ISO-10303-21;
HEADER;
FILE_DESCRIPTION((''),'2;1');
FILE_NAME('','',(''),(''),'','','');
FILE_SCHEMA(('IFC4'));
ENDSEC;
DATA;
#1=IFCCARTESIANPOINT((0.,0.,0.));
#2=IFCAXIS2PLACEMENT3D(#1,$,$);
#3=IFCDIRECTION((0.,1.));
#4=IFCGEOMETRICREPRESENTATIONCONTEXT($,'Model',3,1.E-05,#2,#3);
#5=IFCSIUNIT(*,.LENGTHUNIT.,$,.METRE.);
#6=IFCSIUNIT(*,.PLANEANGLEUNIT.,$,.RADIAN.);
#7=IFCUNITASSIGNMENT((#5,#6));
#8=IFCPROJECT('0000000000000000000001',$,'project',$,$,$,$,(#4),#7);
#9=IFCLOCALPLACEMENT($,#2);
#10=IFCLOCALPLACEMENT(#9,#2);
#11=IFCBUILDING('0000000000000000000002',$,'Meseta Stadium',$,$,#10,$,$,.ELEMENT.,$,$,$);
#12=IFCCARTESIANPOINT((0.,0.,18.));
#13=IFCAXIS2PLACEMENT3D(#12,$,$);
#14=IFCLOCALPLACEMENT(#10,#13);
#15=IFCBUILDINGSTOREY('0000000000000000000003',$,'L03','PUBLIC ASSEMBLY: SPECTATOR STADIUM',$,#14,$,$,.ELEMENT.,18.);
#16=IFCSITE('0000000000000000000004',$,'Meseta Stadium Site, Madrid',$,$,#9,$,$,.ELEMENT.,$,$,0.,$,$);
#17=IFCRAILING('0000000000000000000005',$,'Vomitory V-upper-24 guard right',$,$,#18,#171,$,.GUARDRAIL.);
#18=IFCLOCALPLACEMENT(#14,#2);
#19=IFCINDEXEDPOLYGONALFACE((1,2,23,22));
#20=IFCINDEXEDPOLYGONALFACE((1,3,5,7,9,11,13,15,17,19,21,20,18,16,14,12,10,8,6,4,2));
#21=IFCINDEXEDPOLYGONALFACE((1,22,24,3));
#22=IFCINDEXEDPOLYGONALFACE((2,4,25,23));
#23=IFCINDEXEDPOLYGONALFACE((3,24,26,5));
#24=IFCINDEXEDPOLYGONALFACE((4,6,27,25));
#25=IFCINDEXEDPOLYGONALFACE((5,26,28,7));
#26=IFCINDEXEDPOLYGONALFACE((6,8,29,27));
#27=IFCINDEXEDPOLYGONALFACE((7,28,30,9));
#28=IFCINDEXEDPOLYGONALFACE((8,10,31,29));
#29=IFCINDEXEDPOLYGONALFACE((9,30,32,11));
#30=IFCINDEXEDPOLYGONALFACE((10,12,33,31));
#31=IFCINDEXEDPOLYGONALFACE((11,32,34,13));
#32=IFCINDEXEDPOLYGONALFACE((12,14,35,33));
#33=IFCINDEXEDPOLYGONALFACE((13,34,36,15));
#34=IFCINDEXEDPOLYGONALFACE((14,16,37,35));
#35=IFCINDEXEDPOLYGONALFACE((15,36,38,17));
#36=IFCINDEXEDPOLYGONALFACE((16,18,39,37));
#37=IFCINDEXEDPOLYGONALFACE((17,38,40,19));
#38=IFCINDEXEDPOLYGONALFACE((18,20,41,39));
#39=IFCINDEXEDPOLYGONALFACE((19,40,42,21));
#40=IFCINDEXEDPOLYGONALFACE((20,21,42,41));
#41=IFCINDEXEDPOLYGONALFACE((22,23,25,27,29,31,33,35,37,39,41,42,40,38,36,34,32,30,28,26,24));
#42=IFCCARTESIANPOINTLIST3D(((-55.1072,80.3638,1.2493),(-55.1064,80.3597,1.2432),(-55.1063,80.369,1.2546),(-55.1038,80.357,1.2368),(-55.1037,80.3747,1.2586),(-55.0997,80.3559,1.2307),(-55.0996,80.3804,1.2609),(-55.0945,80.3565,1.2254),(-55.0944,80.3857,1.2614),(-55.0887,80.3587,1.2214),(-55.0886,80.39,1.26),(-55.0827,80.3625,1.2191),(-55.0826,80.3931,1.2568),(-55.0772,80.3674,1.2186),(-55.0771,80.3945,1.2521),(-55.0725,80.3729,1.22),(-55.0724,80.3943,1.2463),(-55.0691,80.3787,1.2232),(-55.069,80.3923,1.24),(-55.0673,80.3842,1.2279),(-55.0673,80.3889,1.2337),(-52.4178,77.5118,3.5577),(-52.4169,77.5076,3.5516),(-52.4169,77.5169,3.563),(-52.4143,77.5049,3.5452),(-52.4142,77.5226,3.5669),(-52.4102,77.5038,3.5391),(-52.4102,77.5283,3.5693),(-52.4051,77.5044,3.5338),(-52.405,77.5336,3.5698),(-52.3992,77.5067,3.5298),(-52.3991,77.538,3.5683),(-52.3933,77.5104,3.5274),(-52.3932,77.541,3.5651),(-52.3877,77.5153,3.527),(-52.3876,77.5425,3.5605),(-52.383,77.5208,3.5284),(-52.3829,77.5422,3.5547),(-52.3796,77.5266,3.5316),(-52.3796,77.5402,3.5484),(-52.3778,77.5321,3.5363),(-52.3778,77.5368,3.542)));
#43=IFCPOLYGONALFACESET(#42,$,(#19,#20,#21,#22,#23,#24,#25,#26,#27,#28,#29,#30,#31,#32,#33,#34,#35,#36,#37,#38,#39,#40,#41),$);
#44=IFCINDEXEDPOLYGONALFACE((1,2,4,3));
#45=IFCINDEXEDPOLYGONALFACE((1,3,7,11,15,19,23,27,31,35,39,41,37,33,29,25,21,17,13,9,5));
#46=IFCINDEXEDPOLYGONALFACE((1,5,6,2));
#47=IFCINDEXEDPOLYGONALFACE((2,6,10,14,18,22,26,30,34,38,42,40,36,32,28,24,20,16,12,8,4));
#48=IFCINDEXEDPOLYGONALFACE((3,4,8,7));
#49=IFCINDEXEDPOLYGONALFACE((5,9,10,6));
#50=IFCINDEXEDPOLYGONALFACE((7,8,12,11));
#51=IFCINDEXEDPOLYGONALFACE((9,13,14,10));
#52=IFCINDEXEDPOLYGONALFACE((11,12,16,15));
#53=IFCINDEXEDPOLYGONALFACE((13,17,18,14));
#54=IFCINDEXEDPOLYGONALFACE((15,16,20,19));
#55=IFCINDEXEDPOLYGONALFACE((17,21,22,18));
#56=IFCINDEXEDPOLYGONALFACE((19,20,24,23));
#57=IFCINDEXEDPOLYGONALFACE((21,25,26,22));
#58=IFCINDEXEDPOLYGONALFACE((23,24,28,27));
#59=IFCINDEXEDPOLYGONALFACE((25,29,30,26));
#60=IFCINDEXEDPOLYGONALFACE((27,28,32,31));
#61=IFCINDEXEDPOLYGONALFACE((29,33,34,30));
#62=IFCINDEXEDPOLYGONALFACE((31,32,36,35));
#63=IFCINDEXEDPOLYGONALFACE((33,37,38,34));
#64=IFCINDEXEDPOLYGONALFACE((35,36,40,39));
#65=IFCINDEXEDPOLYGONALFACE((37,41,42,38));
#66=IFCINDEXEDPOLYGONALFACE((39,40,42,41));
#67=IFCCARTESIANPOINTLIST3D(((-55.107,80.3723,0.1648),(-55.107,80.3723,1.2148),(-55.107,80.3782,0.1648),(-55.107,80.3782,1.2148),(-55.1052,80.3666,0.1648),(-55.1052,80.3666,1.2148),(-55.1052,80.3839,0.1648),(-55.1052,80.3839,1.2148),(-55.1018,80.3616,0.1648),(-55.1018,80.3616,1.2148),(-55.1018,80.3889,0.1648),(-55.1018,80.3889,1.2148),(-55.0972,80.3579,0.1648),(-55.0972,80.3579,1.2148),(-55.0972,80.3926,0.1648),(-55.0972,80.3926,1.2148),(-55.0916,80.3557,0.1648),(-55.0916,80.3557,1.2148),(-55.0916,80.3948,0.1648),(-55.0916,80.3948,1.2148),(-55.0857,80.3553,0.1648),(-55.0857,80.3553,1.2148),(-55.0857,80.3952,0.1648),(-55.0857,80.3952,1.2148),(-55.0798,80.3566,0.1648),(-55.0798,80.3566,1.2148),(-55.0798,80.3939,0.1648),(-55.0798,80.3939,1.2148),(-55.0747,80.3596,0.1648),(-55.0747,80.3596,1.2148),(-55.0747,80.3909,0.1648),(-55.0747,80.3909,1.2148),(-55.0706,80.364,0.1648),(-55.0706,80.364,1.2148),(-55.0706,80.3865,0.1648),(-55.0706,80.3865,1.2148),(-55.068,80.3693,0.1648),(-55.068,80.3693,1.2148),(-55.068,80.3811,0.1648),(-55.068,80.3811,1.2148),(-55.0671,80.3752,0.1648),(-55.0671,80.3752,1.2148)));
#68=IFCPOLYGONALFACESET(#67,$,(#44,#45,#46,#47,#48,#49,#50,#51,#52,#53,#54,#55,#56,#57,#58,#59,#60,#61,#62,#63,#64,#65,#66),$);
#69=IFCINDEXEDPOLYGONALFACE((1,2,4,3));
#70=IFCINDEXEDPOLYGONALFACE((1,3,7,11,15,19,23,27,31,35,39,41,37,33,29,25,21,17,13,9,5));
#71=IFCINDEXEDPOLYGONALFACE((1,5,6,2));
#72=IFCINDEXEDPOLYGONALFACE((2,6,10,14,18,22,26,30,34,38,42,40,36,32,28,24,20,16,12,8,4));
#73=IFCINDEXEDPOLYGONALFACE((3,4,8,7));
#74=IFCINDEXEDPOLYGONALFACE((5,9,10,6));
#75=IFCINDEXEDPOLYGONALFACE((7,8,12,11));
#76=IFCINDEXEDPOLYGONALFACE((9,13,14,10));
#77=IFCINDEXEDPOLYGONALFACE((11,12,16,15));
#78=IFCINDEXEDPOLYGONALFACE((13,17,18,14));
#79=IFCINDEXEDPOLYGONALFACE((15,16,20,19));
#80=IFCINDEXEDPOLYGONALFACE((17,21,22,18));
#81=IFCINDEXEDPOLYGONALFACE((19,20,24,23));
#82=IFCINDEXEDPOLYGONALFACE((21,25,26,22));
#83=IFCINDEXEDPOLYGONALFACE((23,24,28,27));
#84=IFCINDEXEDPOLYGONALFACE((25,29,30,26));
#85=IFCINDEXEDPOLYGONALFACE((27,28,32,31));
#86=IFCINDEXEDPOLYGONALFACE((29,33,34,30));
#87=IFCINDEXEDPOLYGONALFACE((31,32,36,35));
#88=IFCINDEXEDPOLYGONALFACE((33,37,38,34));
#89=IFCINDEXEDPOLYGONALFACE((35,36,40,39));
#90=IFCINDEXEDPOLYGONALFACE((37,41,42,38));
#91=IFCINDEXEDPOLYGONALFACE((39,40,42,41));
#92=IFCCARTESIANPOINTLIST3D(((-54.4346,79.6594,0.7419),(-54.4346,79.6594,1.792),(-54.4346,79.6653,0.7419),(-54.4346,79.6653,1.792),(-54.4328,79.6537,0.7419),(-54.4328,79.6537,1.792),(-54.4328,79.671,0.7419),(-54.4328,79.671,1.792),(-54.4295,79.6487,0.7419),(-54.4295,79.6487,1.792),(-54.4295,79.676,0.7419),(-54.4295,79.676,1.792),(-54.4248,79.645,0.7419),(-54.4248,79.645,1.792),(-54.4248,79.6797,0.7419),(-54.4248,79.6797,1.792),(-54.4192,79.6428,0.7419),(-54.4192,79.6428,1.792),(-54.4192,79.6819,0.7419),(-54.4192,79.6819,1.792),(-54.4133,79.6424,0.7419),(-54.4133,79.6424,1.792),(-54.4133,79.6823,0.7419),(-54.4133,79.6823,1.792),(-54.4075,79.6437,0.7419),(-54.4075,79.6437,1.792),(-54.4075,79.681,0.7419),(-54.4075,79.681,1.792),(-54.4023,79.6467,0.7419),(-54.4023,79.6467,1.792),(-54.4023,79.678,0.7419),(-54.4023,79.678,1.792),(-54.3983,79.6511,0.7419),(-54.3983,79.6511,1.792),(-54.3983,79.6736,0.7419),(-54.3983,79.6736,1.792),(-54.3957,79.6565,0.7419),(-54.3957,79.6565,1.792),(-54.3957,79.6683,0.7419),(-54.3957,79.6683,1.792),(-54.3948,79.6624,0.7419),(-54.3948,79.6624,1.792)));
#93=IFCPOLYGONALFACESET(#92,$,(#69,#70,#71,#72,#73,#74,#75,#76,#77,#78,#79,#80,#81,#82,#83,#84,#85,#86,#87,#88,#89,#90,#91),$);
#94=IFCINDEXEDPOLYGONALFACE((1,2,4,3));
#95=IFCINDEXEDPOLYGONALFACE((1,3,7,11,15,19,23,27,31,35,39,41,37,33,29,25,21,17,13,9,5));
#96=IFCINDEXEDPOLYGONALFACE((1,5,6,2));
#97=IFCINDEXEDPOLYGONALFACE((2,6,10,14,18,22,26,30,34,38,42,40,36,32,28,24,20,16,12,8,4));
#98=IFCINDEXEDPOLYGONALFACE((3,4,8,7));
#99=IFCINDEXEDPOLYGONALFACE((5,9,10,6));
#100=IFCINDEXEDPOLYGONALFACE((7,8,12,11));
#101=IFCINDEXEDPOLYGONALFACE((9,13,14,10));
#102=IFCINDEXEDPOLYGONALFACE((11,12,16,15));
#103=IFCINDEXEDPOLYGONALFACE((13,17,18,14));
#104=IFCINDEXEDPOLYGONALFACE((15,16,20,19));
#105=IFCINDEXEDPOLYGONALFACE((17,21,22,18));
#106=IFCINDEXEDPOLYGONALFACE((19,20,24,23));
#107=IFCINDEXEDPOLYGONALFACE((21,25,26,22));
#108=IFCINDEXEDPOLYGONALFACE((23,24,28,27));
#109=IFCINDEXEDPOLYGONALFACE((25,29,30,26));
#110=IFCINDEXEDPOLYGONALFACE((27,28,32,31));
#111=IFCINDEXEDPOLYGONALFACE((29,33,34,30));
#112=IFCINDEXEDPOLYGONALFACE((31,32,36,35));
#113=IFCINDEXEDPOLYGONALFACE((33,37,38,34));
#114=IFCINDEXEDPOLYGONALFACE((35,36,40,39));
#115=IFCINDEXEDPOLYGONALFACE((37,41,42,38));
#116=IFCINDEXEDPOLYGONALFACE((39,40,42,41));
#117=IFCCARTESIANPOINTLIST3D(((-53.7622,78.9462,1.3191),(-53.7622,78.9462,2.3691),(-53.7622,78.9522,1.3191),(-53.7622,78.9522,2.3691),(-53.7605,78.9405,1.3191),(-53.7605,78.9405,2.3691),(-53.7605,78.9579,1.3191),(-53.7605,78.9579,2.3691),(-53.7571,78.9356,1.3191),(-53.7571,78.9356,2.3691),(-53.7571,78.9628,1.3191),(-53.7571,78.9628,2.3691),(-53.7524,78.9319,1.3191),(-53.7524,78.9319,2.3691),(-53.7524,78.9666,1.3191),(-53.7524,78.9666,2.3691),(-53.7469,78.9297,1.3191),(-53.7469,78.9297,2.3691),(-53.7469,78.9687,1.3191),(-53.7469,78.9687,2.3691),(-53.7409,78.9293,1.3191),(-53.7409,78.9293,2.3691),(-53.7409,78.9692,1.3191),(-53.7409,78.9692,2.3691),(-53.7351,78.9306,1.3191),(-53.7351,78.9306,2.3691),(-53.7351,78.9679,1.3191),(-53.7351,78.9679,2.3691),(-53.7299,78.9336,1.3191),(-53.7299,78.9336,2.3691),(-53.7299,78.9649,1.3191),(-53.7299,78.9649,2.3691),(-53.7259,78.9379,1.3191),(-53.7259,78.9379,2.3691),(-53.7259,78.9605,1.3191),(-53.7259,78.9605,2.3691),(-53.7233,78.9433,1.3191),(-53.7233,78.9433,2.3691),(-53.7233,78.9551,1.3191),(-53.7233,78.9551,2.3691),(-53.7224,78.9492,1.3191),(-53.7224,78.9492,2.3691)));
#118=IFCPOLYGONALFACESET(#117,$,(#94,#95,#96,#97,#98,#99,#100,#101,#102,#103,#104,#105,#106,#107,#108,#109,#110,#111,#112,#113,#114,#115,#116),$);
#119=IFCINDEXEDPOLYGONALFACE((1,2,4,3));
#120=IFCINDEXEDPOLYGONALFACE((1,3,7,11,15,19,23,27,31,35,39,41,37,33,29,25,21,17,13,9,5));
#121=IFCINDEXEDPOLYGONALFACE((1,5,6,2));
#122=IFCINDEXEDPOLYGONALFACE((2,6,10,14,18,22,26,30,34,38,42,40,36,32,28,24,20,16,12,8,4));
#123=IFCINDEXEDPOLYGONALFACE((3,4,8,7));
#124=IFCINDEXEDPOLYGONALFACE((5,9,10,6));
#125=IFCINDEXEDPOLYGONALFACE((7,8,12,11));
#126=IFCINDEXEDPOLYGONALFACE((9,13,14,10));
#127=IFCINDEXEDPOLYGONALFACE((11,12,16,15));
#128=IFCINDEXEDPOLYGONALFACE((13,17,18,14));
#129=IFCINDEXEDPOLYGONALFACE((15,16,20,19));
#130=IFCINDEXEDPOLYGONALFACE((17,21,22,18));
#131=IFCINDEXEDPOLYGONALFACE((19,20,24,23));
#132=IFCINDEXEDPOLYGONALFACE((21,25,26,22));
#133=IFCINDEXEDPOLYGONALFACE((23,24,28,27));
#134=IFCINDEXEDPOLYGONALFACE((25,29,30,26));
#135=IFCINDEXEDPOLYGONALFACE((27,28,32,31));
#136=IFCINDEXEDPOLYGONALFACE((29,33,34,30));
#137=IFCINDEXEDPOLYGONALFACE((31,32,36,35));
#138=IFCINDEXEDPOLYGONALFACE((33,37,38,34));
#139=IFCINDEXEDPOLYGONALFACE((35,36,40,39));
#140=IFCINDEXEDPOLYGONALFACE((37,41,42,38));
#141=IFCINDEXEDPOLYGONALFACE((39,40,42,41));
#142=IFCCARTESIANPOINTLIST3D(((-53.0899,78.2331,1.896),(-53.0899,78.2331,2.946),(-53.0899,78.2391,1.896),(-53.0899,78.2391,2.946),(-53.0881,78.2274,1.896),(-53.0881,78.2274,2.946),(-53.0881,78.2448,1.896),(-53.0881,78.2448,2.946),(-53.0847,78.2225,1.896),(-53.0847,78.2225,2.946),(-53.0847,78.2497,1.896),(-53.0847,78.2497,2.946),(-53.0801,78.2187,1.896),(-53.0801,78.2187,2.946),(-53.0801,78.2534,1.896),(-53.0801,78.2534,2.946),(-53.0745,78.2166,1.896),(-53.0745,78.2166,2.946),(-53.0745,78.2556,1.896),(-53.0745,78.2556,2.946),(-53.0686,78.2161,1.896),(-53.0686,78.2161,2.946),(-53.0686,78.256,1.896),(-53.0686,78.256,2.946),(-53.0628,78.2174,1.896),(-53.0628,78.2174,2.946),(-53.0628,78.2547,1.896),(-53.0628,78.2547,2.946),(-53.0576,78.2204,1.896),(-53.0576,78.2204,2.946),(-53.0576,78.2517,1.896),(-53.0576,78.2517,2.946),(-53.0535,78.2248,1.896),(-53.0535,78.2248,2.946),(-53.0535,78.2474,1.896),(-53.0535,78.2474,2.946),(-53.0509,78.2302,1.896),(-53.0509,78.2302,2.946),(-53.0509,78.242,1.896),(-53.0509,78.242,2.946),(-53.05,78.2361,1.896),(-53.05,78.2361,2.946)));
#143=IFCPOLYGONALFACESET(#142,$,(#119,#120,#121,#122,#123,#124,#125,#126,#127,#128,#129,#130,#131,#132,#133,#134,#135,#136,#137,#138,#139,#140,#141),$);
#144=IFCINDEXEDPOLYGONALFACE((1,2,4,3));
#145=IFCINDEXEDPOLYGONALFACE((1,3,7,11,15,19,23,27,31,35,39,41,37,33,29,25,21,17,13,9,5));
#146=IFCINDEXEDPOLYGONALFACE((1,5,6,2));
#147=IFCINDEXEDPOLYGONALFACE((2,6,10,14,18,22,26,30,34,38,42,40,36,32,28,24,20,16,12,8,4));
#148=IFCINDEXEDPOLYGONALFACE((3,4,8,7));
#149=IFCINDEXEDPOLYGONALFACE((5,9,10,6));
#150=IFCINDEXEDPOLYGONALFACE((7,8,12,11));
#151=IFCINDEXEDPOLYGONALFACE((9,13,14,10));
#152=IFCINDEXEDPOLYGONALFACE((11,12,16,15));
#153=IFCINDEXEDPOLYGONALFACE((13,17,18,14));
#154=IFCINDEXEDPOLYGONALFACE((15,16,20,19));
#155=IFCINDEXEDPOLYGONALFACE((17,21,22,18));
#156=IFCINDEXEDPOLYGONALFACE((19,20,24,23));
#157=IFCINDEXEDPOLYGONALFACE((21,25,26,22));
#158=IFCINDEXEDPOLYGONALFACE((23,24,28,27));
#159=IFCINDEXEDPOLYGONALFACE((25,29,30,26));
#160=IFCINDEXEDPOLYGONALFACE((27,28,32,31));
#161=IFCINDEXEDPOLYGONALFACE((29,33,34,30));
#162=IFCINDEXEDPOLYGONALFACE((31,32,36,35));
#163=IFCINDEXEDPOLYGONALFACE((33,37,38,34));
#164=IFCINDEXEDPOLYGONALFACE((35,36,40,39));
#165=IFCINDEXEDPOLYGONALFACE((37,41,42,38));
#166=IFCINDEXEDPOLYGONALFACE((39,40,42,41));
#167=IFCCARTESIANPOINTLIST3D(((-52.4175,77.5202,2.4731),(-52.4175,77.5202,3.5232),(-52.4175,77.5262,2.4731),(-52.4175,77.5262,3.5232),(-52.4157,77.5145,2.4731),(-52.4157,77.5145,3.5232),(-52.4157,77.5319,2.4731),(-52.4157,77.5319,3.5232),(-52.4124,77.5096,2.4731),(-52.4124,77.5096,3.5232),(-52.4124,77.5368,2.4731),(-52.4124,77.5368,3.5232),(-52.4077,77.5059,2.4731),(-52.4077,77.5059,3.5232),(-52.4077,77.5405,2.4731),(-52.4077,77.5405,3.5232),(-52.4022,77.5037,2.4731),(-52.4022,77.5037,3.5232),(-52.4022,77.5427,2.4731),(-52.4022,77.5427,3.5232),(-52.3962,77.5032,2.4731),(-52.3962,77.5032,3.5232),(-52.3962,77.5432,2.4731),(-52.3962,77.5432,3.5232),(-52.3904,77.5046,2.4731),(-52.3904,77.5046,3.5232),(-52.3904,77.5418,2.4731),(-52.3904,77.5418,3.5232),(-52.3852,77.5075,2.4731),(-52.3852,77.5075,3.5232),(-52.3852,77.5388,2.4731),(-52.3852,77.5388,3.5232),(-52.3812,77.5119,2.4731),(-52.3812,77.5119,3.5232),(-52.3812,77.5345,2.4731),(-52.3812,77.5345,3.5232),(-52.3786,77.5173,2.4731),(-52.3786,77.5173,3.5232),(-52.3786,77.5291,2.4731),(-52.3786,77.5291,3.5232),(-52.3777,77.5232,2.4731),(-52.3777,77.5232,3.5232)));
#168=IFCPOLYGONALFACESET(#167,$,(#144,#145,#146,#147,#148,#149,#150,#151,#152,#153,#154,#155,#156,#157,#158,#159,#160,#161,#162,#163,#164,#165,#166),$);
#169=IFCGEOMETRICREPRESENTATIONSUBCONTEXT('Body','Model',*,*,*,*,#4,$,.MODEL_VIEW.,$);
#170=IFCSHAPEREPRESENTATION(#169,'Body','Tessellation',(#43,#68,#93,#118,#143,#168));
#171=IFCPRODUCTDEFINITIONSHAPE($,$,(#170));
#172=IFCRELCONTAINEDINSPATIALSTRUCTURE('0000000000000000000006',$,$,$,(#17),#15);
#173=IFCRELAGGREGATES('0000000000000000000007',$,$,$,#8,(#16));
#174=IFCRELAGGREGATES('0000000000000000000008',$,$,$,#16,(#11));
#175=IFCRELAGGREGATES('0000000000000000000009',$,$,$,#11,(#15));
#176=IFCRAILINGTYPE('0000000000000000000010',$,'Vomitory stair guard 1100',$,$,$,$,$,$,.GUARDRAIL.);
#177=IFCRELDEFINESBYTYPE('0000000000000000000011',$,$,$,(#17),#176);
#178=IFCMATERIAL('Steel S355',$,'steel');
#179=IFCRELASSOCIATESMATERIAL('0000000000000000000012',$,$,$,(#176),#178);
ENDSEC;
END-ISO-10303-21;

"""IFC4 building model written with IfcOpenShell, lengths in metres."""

from ifc_helpers import new_model, si_unit, direction, frame, origin, origin_2d, place, context, subcontext, project, spatial, circle, extrude, material, type_object, element, save


model = new_model("IFC4")

# Units and contexts
model_context = context("Model", 3, precision=1e-05, world=origin(), true_north=direction((0.0, 1.0)))
body_context = subcontext(model_context, "Body", "Model", "MODEL_VIEW")
ifc_project = project(units=[si_unit("LENGTHUNIT", "METRE"), si_unit("PLANEANGLEUNIT", "RADIAN")], contexts=[model_context])

# Site, building, storey
site_placement = place(None, origin())
site = spatial("IfcSite", under=ifc_project, at=site_placement, Name="Meseta Stadium Site, Madrid", CompositionType="ELEMENT", RefElevation=0.0)
building_placement = place(site_placement, origin())
building = spatial("IfcBuilding", under=site, at=building_placement, Name="Meseta Stadium", CompositionType="ELEMENT")
storey_placement = place(building_placement, frame((0.0, 0.0, 18.0)))
storey = spatial("IfcBuildingStorey", under=building, at=storey_placement, Name="L03", Description="PUBLIC ASSEMBLY: SPECTATOR STADIUM", CompositionType="ELEMENT", Elevation=18.0)

# Railing
ifc_material_1 = material(Name="Steel S355", Category="steel")
railing_type_1 = type_object("IfcRailingType", Name="Vomitory stair guard 1100", PredefinedType="GUARDRAIL", material=ifc_material_1)
for number, where, name in (
    (1, (-55.0872, 80.3752, 0.1648), "Vomitory V-upper-24 guard right"),
):
    element("IfcRailing", number, at=place(storey_placement, frame(where)), inside=storey, type_object=railing_type_1, Name=name, PredefinedType="GUARDRAIL", context=body_context, shape_type="SweptSolid", body=[
        extrude(circle(Radius=0.0249, at=origin_2d()), frame((0.0, 0.0, 1.0752), z_axis=(0.591184, -0.626925, 0.507411), x_axis=(0.727541, 0.686064, 0.0)), (0.0, 0.0, 1.0), 4.5493),
        extrude(circle(Radius=0.02, at=origin_2d()), origin(), (0.0, 0.0, 1.0), 1.05),
        extrude(circle(Radius=0.02, at=origin_2d()), frame((0.6724, -0.7129, 0.5771)), (0.0, 0.0, 1.0), 1.05),
        extrude(circle(Radius=0.02, at=origin_2d()), frame((1.3447, -1.426, 1.1543)), (0.0, 0.0, 1.0), 1.05),
        extrude(circle(Radius=0.02, at=origin_2d()), frame((2.0171, -2.1392, 1.7312)), (0.0, 0.0, 1.0), 1.05),
        extrude(circle(Radius=0.02, at=origin_2d()), frame((2.6895, -2.8521, 2.3083)), (0.0, 0.0, 1.0), 1.05),
    ])

save(model, "model.ifc")
